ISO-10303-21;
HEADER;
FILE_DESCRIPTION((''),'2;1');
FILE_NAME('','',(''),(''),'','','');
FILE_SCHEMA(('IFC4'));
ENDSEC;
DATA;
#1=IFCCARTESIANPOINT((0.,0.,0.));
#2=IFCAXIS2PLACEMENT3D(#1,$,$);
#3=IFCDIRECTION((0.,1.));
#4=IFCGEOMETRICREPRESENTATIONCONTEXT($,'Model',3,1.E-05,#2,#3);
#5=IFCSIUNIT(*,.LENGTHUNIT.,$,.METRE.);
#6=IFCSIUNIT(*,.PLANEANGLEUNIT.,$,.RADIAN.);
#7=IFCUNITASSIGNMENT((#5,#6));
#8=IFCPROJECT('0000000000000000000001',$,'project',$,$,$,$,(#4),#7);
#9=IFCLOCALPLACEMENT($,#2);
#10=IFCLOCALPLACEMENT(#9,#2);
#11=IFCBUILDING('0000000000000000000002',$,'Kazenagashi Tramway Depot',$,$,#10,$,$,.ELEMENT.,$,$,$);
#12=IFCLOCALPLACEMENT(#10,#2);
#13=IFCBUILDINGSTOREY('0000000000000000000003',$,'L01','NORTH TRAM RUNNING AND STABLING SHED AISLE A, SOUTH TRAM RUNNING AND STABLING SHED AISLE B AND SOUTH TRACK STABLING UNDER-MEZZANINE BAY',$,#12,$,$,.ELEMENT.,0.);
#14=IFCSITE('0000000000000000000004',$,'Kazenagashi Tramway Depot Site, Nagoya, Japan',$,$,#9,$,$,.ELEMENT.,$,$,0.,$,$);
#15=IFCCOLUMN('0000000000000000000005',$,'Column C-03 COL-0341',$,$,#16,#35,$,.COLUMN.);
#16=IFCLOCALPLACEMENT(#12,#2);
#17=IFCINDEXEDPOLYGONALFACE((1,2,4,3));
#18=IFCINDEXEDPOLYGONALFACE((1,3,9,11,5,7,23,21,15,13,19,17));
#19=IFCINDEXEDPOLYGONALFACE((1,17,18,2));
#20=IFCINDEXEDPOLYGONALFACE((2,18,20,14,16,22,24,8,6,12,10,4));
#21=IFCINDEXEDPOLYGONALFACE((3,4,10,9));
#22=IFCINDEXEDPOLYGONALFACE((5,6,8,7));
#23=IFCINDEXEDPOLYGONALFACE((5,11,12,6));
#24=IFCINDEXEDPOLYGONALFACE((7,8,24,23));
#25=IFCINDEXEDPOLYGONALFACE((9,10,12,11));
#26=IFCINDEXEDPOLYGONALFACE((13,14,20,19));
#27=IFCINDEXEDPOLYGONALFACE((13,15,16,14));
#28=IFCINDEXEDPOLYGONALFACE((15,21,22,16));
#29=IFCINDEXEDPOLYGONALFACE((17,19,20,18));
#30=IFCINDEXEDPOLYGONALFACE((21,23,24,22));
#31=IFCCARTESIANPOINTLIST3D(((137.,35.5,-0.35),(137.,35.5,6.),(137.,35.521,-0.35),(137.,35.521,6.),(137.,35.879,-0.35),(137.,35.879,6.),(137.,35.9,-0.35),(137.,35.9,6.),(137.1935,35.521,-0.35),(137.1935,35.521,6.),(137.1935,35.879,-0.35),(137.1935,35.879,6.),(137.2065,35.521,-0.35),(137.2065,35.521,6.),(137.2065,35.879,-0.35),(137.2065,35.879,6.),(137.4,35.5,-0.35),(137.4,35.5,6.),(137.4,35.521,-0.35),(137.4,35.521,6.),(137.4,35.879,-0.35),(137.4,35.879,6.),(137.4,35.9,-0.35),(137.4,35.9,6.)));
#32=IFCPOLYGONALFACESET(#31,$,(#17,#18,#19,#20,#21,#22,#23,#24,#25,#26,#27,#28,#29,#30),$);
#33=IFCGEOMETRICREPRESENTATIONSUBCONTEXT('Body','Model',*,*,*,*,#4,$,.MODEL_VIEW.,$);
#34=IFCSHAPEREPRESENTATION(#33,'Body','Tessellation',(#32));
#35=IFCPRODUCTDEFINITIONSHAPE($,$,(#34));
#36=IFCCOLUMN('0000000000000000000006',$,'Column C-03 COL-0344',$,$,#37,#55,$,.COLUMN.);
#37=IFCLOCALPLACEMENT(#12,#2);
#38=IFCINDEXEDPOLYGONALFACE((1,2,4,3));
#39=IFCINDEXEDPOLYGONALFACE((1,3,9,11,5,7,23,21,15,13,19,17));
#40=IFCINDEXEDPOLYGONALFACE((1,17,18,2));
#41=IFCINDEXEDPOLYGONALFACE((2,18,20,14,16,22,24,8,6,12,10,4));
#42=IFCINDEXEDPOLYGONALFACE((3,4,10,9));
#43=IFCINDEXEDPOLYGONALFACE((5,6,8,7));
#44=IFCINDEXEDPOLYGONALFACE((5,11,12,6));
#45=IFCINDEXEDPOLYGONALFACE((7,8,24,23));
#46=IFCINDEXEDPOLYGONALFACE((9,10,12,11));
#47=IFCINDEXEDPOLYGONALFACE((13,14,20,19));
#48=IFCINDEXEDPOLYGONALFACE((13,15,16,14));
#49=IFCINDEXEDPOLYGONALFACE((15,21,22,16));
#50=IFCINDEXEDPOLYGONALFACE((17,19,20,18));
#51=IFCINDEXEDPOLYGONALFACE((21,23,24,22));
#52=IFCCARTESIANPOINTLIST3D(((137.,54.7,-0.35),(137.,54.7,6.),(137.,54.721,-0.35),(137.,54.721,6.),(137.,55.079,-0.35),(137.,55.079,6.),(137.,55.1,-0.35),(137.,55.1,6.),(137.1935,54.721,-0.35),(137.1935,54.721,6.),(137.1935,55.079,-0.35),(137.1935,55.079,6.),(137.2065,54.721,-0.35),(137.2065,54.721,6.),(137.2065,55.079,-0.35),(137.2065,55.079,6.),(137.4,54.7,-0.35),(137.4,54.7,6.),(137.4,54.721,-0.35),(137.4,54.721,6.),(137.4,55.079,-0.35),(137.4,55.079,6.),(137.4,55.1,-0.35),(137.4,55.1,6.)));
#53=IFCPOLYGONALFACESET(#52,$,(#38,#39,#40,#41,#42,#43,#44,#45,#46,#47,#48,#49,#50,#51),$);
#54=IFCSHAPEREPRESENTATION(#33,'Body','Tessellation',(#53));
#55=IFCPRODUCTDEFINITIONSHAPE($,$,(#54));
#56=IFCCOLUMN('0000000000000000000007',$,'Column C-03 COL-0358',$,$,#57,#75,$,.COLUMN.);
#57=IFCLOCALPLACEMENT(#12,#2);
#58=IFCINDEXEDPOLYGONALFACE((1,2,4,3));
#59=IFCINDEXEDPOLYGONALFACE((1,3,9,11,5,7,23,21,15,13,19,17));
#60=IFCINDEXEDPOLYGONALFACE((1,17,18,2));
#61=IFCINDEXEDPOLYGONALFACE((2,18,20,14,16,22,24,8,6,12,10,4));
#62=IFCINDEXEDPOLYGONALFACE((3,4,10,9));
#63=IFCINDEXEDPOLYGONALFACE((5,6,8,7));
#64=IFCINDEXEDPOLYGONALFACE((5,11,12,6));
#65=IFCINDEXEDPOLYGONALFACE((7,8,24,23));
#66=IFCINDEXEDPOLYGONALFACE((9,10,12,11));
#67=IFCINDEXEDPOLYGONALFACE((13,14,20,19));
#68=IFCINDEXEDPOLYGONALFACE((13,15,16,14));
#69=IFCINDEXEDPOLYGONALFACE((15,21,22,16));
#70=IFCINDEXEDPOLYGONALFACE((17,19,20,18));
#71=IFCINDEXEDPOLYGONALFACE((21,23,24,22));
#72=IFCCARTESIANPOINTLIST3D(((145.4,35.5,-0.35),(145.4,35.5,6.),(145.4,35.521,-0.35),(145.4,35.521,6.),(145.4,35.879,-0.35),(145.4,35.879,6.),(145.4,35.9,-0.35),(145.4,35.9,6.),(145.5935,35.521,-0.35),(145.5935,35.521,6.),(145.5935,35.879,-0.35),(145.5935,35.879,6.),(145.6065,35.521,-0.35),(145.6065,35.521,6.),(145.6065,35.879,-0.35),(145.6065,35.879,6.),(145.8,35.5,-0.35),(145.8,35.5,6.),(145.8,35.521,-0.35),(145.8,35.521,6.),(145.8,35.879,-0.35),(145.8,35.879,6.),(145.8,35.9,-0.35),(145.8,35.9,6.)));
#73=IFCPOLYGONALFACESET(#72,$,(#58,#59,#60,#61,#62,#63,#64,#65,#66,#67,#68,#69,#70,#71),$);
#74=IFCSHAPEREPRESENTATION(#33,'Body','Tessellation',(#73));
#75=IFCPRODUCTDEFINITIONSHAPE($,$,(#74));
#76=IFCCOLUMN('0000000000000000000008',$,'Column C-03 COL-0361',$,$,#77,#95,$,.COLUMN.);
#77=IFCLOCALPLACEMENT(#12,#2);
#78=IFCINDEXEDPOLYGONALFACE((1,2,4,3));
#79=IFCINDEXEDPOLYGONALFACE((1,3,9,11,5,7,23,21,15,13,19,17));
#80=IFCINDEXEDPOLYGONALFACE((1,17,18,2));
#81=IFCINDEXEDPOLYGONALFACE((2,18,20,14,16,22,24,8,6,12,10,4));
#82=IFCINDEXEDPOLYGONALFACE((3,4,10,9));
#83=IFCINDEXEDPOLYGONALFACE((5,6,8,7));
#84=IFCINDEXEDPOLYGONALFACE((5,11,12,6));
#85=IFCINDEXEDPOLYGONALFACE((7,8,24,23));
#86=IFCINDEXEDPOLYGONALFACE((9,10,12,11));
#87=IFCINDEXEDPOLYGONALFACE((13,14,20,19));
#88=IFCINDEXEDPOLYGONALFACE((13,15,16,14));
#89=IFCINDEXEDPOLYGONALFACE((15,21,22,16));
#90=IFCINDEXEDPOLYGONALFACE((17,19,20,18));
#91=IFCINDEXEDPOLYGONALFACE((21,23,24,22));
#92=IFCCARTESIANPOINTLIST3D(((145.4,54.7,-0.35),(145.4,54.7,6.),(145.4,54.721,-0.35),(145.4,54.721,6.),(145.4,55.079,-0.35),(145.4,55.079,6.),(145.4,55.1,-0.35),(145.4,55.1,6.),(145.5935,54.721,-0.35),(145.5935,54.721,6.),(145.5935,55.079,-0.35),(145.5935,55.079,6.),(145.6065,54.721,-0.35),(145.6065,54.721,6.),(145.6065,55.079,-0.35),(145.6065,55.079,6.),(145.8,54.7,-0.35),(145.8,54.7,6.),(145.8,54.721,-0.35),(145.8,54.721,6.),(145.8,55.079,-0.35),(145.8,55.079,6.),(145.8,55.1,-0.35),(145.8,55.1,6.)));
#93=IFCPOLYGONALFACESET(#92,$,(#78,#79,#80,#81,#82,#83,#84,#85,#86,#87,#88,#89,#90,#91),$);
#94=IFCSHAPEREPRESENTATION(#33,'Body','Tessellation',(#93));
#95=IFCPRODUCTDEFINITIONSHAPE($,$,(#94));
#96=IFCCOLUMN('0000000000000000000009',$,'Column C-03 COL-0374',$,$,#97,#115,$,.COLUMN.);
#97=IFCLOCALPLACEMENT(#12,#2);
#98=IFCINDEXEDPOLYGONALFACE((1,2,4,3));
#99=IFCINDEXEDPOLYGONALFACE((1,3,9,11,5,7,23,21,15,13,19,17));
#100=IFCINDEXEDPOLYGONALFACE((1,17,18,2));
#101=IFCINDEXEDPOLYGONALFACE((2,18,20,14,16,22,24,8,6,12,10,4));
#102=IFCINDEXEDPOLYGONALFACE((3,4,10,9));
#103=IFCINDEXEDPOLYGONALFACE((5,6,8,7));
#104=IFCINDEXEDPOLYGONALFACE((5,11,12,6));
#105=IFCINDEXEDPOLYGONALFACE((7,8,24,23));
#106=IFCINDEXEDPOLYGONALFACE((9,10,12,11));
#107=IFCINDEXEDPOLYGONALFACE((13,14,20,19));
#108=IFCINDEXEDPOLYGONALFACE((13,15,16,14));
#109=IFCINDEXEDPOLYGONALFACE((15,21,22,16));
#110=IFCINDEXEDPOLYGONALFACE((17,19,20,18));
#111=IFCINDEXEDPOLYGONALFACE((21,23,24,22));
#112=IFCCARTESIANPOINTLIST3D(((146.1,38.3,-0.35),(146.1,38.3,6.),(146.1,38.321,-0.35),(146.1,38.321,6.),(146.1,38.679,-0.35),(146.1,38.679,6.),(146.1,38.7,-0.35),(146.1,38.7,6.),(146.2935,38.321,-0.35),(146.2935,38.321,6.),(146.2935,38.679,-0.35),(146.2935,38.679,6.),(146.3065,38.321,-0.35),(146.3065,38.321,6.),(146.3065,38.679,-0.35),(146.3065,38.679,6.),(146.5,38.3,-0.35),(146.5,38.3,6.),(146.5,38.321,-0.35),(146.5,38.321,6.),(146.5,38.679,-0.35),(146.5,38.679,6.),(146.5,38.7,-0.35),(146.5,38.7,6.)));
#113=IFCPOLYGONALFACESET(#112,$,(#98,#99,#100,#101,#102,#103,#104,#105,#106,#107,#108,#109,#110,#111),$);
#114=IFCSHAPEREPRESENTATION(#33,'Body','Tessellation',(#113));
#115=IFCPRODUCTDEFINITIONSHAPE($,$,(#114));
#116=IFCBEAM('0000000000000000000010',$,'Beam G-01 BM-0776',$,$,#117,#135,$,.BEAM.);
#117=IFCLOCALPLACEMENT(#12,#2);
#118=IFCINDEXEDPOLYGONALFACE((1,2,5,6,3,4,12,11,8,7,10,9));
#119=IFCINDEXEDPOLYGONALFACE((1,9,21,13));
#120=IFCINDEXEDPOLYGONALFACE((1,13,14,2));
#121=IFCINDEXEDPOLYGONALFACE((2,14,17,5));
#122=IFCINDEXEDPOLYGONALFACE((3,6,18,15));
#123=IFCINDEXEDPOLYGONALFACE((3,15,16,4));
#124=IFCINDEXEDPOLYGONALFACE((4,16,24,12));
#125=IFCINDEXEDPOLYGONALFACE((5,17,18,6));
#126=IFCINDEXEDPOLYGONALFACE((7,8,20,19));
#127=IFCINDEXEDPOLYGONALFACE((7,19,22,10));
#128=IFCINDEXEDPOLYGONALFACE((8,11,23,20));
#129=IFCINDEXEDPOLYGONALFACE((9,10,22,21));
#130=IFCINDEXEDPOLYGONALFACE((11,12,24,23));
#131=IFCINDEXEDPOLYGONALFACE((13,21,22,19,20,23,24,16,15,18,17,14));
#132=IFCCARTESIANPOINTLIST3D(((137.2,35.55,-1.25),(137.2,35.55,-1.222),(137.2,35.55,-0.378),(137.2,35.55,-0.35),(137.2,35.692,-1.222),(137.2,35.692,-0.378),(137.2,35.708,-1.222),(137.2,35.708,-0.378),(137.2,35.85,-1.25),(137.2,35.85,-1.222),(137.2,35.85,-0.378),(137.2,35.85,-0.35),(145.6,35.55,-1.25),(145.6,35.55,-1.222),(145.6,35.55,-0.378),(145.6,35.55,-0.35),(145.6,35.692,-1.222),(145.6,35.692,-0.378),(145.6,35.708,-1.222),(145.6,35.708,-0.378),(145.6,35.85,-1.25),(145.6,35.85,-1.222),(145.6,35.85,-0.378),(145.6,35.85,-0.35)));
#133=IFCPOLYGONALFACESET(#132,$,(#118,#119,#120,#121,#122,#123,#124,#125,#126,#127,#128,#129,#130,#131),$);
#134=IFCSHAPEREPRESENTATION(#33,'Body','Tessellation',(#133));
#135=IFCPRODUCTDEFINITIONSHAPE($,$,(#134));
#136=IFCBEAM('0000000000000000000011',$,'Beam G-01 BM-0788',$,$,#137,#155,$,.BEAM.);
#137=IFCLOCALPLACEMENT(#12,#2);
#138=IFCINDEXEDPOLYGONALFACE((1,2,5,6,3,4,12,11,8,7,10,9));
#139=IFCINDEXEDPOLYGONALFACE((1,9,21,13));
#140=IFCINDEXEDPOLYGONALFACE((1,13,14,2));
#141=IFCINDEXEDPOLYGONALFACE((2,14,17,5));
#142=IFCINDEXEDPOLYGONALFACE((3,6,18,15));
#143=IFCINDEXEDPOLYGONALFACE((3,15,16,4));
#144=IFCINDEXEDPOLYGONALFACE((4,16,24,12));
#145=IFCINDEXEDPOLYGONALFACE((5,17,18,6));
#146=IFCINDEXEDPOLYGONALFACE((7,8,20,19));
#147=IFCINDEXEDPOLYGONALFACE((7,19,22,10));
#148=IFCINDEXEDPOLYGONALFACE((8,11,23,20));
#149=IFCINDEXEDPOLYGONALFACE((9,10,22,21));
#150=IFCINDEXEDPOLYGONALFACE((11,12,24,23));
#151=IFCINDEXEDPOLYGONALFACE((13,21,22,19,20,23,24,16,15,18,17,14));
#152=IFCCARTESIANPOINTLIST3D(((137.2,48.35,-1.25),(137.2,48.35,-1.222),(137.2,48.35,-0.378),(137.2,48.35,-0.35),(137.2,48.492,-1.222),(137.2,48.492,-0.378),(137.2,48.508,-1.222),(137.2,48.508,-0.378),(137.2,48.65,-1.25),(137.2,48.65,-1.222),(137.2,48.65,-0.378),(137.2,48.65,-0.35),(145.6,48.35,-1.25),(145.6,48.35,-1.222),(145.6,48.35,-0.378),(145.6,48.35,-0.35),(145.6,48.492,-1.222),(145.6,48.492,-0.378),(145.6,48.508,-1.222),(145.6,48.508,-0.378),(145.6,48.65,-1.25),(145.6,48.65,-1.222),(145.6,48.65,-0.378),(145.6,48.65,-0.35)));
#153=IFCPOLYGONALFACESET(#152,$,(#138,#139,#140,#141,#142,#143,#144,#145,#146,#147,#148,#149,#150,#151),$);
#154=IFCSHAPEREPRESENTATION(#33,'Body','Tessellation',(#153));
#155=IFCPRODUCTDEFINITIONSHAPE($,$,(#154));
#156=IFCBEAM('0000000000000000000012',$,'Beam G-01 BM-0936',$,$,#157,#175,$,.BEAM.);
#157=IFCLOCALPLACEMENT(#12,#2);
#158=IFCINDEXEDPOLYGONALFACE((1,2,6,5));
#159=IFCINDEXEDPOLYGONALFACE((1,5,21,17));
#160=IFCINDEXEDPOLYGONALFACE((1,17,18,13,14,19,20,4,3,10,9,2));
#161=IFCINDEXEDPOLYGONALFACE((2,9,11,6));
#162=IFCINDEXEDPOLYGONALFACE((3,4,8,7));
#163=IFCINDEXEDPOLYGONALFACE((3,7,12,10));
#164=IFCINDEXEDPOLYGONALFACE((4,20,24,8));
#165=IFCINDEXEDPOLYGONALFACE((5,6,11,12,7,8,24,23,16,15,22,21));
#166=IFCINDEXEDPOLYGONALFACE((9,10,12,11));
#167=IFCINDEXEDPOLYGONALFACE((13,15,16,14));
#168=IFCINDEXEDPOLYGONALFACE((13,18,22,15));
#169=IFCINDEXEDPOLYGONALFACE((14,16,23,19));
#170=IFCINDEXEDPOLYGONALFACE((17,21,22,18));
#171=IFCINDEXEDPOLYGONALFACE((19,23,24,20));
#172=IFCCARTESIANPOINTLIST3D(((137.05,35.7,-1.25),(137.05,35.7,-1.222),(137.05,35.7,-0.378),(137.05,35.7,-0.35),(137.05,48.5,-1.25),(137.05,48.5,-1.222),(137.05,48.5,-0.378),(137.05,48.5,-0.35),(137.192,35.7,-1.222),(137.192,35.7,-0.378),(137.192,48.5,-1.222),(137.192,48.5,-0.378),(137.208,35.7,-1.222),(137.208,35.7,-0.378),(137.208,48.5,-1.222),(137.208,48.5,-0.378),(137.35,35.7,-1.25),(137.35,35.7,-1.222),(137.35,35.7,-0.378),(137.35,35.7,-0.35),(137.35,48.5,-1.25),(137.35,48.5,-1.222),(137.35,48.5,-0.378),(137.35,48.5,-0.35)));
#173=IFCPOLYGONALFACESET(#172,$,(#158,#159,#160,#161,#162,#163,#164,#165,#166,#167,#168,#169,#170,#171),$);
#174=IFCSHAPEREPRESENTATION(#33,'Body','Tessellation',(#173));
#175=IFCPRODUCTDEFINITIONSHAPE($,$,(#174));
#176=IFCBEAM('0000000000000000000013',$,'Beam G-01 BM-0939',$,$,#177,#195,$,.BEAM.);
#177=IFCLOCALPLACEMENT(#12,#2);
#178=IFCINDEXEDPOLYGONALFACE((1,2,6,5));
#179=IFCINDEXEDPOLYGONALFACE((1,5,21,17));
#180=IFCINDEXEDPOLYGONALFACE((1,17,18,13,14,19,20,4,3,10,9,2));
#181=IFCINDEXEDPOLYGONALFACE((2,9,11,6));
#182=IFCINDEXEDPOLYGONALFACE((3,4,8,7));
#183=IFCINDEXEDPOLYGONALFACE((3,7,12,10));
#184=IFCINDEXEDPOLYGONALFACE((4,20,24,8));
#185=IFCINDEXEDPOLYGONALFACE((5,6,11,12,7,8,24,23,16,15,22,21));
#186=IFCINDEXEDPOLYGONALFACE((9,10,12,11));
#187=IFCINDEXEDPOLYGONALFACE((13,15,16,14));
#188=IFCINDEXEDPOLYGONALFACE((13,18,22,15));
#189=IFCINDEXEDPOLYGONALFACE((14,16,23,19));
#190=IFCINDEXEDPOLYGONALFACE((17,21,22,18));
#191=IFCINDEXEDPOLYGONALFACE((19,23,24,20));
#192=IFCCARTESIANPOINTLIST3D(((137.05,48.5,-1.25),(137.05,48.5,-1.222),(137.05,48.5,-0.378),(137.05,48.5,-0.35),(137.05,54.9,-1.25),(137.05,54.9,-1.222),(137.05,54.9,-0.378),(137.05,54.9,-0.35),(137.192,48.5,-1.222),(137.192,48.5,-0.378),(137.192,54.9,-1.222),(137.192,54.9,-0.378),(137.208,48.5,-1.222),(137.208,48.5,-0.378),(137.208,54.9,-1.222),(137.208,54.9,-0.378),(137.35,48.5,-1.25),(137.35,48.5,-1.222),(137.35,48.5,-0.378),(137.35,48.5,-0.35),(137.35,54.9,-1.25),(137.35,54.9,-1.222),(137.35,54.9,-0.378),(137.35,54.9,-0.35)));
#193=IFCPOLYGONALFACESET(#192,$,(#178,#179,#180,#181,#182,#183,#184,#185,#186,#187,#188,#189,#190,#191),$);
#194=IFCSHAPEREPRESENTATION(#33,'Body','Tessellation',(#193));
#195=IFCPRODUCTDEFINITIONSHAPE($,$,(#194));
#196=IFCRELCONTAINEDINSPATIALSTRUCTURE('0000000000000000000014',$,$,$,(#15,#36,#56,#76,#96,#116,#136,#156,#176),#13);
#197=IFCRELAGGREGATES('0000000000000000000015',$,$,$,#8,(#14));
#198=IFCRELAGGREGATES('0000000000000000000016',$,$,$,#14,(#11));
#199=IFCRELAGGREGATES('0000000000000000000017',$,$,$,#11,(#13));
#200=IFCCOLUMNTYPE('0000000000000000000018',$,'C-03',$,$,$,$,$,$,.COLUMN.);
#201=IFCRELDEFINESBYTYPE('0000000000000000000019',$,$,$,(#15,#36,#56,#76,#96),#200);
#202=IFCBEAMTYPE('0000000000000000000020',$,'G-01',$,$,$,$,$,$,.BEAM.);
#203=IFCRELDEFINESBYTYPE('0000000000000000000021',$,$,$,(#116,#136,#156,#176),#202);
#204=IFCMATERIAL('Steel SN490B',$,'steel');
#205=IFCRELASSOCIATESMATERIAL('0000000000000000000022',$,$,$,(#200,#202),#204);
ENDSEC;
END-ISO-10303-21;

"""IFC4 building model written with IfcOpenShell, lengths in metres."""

from ifc_helpers import new_model, si_unit, direction, frame, origin, origin_2d, place, context, subcontext, project, spatial, i_section, extrude, material, material_profile, profile_set, type_object, element, save


model = new_model("IFC4")

# Units and contexts
model_context = context("Model", 3, precision=1e-05, world=origin(), true_north=direction((0.0, 1.0)))
body_context = subcontext(model_context, "Body", "Model", "MODEL_VIEW")
ifc_project = project(units=[si_unit("LENGTHUNIT", "METRE"), si_unit("PLANEANGLEUNIT", "RADIAN")], contexts=[model_context])

# Site, building, storey
site_placement = place(None, origin())
site = spatial("IfcSite", under=ifc_project, at=site_placement, Name="Kazenagashi Tramway Depot Site, Nagoya, Japan", CompositionType="ELEMENT", RefElevation=0.0)
building_placement = place(site_placement, origin())
building = spatial("IfcBuilding", under=site, at=building_placement, Name="Kazenagashi Tramway Depot", CompositionType="ELEMENT")
storey_placement = place(building_placement, origin())
storey = spatial("IfcBuildingStorey", under=building, at=storey_placement, Name="L01", Description="NORTH TRAM RUNNING AND STABLING SHED AISLE A, SOUTH TRAM RUNNING AND STABLING SHED AISLE B AND SOUTH TRACK STABLING UNDER-MEZZANINE BAY", CompositionType="ELEMENT", Elevation=0.0)

# Columns
ifc_material_1 = material(Name="Steel SN490B", Category="steel")
ifc_material_profile_1 = material_profile(ifc_material_1, i_section(OverallWidth=0.4, OverallDepth=0.4, WebThickness=0.013, FlangeThickness=0.021, at=origin_2d()), Name="H-400x400x13x21")
ifc_profile_set_1 = profile_set([ifc_material_profile_1], Name="Steel SN490B")
column_type = type_object("IfcColumnType", Name="C-03", PredefinedType="COLUMN", material=ifc_profile_set_1)
for number, where, z_axis, x_axis, name in (
    (1, (137.2, 35.7, -0.35), (0.0, 0.0, 1.0), (1.0, 0.0, 0.0), "Column C-03 COL-0341"),
    (2, (137.2, 54.9, -0.35), (0.0, 0.0, 1.0), (1.0, 0.0, 0.0), "Column C-03 COL-0344"),
    (3, (145.6, 35.7, -0.35), (0.0, 0.0, 1.0), (1.0, 0.0, 0.0), "Column C-03 COL-0358"),
    (4, (145.6, 54.9, -0.35), (0.0, 0.0, 1.0), (1.0, 0.0, 0.0), "Column C-03 COL-0361"),
    (5, (146.3, 38.5, -0.35), (0.0, 0.0, 1.0), (1.0, 0.0, 0.0), "Column C-03 COL-0374"),
):
    element("IfcColumn", number, at=place(storey_placement, frame(where, z_axis=z_axis, x_axis=x_axis)), inside=storey, type_object=column_type, Name=name, PredefinedType="COLUMN", context=body_context, shape_type="SweptSolid", body=[
        extrude(i_section(OverallWidth=0.4, OverallDepth=0.4, WebThickness=0.013, FlangeThickness=0.021, at=origin_2d()), origin(), (0.0, 0.0, 1.0), 6.35),
    ])

# Beams
ifc_material_profile_2 = material_profile(ifc_material_1, i_section(OverallWidth=0.3, OverallDepth=0.9, WebThickness=0.016, FlangeThickness=0.028, at=origin_2d()), Name="H-900x300x16x28")
ifc_profile_set_2 = profile_set([ifc_material_profile_2], Name="Steel SN490B")
beam_type_1 = type_object("IfcBeamType", Name="G-01", PredefinedType="BEAM", material=ifc_profile_set_2)
for number, where, z_axis, x_axis, name in (
    (6, (137.2, 35.7, -0.8), (1.0, 0.0, 0.0), (0.0, 1.0, 0.0), "Beam G-01 BM-0776"),
    (7, (137.2, 48.5, -0.8), (1.0, 0.0, 0.0), (0.0, 1.0, 0.0), "Beam G-01 BM-0788"),
):
    element("IfcBeam", number, at=place(storey_placement, frame(where, z_axis=z_axis, x_axis=x_axis)), inside=storey, type_object=beam_type_1, Name=name, PredefinedType="BEAM", context=body_context, shape_type="SweptSolid", body=[
        extrude(i_section(OverallWidth=0.3, OverallDepth=0.9, WebThickness=0.016, FlangeThickness=0.028, at=origin_2d()), origin(), (0.0, 0.0, 1.0), 8.4),
    ])
beam_1_placement = place(storey_placement, frame((137.2, 35.7, -0.8), z_axis=(0.0, 1.0, 0.0), x_axis=(-1.0, 0.0, 0.0)))
element("IfcBeam", 8, at=beam_1_placement, inside=storey, type_object=beam_type_1, Name="Beam G-01 BM-0936", PredefinedType="BEAM", context=body_context, shape_type="SweptSolid", body=[
    extrude(i_section(OverallWidth=0.3, OverallDepth=0.9, WebThickness=0.016, FlangeThickness=0.028, at=origin_2d()), origin(), (0.0, 0.0, 1.0), 12.8),
])
beam_2_placement = place(storey_placement, frame((137.2, 48.5, -0.8), z_axis=(0.0, 1.0, 0.0), x_axis=(-1.0, 0.0, 0.0)))
element("IfcBeam", 9, at=beam_2_placement, inside=storey, type_object=beam_type_1, Name="Beam G-01 BM-0939", PredefinedType="BEAM", context=body_context, shape_type="SweptSolid", body=[
    extrude(i_section(OverallWidth=0.3, OverallDepth=0.9, WebThickness=0.016, FlangeThickness=0.028, at=origin_2d()), origin(), (0.0, 0.0, 1.0), 6.4),
])

save(model, "model.ifc")
